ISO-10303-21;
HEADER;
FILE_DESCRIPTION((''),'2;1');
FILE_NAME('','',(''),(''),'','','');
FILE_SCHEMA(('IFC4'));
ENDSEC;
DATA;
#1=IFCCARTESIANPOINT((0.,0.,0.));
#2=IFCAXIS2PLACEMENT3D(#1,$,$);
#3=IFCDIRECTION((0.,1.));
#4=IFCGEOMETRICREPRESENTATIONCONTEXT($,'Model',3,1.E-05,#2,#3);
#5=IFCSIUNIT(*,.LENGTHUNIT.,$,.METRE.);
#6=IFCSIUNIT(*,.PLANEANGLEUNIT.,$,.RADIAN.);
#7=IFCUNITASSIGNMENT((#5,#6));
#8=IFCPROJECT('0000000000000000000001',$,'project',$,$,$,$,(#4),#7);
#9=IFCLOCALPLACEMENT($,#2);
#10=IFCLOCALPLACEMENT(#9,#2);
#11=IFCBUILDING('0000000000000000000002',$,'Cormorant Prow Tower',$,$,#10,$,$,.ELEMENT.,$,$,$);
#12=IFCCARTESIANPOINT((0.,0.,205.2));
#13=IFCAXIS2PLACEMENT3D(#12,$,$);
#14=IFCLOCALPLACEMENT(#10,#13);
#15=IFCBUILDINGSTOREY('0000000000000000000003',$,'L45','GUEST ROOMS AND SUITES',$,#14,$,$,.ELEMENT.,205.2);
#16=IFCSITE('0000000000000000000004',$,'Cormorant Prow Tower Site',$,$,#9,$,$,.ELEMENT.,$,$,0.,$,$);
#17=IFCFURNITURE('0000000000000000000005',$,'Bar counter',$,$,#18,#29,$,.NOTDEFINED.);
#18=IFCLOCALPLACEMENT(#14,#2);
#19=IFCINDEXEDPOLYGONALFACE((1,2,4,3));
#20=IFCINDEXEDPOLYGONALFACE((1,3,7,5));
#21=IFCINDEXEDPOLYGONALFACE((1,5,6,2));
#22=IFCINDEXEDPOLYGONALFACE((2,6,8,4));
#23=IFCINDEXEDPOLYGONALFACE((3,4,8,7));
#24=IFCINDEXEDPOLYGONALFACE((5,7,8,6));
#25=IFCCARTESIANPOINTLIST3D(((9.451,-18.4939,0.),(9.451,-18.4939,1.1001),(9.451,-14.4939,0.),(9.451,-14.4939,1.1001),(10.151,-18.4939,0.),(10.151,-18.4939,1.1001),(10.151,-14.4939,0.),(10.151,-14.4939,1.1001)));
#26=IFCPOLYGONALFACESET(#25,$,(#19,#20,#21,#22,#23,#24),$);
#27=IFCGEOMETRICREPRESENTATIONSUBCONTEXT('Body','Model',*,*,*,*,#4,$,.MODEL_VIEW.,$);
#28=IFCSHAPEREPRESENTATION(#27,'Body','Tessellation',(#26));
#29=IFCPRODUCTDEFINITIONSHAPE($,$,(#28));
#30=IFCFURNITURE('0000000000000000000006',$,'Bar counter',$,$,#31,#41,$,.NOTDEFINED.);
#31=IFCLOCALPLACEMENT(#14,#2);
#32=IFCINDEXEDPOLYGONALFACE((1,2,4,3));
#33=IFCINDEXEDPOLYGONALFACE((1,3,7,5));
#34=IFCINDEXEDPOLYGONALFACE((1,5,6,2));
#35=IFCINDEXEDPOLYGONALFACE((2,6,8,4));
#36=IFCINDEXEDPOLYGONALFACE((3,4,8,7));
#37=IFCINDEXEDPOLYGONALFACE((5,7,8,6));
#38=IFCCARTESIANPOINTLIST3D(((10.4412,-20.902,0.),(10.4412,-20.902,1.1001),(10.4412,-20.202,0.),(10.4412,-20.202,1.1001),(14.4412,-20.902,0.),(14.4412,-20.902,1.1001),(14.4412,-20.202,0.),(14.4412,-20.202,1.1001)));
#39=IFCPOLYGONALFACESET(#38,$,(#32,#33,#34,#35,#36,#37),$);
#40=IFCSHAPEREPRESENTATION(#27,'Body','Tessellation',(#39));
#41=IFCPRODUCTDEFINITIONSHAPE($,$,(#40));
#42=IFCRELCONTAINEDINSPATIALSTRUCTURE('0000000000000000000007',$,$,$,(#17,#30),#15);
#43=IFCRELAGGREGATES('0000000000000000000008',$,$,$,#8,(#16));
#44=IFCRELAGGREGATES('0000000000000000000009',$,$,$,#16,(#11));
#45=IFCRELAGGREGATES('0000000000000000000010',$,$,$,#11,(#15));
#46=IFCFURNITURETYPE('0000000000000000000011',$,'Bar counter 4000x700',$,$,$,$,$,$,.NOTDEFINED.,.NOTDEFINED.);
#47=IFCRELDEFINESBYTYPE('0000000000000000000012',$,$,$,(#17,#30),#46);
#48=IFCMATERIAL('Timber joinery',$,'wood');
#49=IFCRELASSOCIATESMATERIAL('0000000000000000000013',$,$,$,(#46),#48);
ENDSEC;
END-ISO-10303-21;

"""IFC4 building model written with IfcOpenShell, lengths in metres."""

from ifc_helpers import new_model, si_unit, direction, frame, origin, origin_2d, place, context, subcontext, project, spatial, rectangle, extrude, material, type_object, element, save


model = new_model("IFC4")

# Units and contexts
model_context = context("Model", 3, precision=1e-05, world=origin(), true_north=direction((0.0, 1.0)))
body_context = subcontext(model_context, "Body", "Model", "MODEL_VIEW")
ifc_project = project(units=[si_unit("LENGTHUNIT", "METRE"), si_unit("PLANEANGLEUNIT", "RADIAN")], contexts=[model_context])

# Site, building, storey
site_placement = place(None, origin())
site = spatial("IfcSite", under=ifc_project, at=site_placement, Name="Cormorant Prow Tower Site", CompositionType="ELEMENT", RefElevation=0.0)
building_placement = place(site_placement, origin())
building = spatial("IfcBuilding", under=site, at=building_placement, Name="Cormorant Prow Tower", CompositionType="ELEMENT")
storey_placement = place(building_placement, frame((0.0, 0.0, 205.2)))
storey = spatial("IfcBuildingStorey", under=building, at=storey_placement, Name="L45", Description="GUEST ROOMS AND SUITES", CompositionType="ELEMENT", Elevation=205.2)

# Furniture
ifc_material_1 = material(Name="Timber joinery", Category="wood")
furniture_type = type_object("IfcFurnitureType", Name="Bar counter 4000x700", AssemblyPlace="NOTDEFINED", PredefinedType="NOTDEFINED", material=ifc_material_1)
for number, where, z_axis, x_axis, name in (
    (1, (9.801, -16.4939, 0.0), (0.0, 0.0, 1.0), (0.0, -1.0, 0.0), "Bar counter"),
    (2, (12.4412, -20.552, 0.0), (0.0, 0.0, 1.0), (1.0, 0.0, 0.0), "Bar counter"),
):
    element("IfcFurniture", number, at=place(storey_placement, frame(where, z_axis=z_axis, x_axis=x_axis)), inside=storey, type_object=furniture_type, Name=name, PredefinedType="NOTDEFINED", context=body_context, shape_type="SweptSolid", body=[
        extrude(rectangle(XDim=4.0, YDim=0.7, at=origin_2d()), origin(), (0.0, 0.0, 1.0), 1.1001),
    ])

save(model, "model.ifc")
